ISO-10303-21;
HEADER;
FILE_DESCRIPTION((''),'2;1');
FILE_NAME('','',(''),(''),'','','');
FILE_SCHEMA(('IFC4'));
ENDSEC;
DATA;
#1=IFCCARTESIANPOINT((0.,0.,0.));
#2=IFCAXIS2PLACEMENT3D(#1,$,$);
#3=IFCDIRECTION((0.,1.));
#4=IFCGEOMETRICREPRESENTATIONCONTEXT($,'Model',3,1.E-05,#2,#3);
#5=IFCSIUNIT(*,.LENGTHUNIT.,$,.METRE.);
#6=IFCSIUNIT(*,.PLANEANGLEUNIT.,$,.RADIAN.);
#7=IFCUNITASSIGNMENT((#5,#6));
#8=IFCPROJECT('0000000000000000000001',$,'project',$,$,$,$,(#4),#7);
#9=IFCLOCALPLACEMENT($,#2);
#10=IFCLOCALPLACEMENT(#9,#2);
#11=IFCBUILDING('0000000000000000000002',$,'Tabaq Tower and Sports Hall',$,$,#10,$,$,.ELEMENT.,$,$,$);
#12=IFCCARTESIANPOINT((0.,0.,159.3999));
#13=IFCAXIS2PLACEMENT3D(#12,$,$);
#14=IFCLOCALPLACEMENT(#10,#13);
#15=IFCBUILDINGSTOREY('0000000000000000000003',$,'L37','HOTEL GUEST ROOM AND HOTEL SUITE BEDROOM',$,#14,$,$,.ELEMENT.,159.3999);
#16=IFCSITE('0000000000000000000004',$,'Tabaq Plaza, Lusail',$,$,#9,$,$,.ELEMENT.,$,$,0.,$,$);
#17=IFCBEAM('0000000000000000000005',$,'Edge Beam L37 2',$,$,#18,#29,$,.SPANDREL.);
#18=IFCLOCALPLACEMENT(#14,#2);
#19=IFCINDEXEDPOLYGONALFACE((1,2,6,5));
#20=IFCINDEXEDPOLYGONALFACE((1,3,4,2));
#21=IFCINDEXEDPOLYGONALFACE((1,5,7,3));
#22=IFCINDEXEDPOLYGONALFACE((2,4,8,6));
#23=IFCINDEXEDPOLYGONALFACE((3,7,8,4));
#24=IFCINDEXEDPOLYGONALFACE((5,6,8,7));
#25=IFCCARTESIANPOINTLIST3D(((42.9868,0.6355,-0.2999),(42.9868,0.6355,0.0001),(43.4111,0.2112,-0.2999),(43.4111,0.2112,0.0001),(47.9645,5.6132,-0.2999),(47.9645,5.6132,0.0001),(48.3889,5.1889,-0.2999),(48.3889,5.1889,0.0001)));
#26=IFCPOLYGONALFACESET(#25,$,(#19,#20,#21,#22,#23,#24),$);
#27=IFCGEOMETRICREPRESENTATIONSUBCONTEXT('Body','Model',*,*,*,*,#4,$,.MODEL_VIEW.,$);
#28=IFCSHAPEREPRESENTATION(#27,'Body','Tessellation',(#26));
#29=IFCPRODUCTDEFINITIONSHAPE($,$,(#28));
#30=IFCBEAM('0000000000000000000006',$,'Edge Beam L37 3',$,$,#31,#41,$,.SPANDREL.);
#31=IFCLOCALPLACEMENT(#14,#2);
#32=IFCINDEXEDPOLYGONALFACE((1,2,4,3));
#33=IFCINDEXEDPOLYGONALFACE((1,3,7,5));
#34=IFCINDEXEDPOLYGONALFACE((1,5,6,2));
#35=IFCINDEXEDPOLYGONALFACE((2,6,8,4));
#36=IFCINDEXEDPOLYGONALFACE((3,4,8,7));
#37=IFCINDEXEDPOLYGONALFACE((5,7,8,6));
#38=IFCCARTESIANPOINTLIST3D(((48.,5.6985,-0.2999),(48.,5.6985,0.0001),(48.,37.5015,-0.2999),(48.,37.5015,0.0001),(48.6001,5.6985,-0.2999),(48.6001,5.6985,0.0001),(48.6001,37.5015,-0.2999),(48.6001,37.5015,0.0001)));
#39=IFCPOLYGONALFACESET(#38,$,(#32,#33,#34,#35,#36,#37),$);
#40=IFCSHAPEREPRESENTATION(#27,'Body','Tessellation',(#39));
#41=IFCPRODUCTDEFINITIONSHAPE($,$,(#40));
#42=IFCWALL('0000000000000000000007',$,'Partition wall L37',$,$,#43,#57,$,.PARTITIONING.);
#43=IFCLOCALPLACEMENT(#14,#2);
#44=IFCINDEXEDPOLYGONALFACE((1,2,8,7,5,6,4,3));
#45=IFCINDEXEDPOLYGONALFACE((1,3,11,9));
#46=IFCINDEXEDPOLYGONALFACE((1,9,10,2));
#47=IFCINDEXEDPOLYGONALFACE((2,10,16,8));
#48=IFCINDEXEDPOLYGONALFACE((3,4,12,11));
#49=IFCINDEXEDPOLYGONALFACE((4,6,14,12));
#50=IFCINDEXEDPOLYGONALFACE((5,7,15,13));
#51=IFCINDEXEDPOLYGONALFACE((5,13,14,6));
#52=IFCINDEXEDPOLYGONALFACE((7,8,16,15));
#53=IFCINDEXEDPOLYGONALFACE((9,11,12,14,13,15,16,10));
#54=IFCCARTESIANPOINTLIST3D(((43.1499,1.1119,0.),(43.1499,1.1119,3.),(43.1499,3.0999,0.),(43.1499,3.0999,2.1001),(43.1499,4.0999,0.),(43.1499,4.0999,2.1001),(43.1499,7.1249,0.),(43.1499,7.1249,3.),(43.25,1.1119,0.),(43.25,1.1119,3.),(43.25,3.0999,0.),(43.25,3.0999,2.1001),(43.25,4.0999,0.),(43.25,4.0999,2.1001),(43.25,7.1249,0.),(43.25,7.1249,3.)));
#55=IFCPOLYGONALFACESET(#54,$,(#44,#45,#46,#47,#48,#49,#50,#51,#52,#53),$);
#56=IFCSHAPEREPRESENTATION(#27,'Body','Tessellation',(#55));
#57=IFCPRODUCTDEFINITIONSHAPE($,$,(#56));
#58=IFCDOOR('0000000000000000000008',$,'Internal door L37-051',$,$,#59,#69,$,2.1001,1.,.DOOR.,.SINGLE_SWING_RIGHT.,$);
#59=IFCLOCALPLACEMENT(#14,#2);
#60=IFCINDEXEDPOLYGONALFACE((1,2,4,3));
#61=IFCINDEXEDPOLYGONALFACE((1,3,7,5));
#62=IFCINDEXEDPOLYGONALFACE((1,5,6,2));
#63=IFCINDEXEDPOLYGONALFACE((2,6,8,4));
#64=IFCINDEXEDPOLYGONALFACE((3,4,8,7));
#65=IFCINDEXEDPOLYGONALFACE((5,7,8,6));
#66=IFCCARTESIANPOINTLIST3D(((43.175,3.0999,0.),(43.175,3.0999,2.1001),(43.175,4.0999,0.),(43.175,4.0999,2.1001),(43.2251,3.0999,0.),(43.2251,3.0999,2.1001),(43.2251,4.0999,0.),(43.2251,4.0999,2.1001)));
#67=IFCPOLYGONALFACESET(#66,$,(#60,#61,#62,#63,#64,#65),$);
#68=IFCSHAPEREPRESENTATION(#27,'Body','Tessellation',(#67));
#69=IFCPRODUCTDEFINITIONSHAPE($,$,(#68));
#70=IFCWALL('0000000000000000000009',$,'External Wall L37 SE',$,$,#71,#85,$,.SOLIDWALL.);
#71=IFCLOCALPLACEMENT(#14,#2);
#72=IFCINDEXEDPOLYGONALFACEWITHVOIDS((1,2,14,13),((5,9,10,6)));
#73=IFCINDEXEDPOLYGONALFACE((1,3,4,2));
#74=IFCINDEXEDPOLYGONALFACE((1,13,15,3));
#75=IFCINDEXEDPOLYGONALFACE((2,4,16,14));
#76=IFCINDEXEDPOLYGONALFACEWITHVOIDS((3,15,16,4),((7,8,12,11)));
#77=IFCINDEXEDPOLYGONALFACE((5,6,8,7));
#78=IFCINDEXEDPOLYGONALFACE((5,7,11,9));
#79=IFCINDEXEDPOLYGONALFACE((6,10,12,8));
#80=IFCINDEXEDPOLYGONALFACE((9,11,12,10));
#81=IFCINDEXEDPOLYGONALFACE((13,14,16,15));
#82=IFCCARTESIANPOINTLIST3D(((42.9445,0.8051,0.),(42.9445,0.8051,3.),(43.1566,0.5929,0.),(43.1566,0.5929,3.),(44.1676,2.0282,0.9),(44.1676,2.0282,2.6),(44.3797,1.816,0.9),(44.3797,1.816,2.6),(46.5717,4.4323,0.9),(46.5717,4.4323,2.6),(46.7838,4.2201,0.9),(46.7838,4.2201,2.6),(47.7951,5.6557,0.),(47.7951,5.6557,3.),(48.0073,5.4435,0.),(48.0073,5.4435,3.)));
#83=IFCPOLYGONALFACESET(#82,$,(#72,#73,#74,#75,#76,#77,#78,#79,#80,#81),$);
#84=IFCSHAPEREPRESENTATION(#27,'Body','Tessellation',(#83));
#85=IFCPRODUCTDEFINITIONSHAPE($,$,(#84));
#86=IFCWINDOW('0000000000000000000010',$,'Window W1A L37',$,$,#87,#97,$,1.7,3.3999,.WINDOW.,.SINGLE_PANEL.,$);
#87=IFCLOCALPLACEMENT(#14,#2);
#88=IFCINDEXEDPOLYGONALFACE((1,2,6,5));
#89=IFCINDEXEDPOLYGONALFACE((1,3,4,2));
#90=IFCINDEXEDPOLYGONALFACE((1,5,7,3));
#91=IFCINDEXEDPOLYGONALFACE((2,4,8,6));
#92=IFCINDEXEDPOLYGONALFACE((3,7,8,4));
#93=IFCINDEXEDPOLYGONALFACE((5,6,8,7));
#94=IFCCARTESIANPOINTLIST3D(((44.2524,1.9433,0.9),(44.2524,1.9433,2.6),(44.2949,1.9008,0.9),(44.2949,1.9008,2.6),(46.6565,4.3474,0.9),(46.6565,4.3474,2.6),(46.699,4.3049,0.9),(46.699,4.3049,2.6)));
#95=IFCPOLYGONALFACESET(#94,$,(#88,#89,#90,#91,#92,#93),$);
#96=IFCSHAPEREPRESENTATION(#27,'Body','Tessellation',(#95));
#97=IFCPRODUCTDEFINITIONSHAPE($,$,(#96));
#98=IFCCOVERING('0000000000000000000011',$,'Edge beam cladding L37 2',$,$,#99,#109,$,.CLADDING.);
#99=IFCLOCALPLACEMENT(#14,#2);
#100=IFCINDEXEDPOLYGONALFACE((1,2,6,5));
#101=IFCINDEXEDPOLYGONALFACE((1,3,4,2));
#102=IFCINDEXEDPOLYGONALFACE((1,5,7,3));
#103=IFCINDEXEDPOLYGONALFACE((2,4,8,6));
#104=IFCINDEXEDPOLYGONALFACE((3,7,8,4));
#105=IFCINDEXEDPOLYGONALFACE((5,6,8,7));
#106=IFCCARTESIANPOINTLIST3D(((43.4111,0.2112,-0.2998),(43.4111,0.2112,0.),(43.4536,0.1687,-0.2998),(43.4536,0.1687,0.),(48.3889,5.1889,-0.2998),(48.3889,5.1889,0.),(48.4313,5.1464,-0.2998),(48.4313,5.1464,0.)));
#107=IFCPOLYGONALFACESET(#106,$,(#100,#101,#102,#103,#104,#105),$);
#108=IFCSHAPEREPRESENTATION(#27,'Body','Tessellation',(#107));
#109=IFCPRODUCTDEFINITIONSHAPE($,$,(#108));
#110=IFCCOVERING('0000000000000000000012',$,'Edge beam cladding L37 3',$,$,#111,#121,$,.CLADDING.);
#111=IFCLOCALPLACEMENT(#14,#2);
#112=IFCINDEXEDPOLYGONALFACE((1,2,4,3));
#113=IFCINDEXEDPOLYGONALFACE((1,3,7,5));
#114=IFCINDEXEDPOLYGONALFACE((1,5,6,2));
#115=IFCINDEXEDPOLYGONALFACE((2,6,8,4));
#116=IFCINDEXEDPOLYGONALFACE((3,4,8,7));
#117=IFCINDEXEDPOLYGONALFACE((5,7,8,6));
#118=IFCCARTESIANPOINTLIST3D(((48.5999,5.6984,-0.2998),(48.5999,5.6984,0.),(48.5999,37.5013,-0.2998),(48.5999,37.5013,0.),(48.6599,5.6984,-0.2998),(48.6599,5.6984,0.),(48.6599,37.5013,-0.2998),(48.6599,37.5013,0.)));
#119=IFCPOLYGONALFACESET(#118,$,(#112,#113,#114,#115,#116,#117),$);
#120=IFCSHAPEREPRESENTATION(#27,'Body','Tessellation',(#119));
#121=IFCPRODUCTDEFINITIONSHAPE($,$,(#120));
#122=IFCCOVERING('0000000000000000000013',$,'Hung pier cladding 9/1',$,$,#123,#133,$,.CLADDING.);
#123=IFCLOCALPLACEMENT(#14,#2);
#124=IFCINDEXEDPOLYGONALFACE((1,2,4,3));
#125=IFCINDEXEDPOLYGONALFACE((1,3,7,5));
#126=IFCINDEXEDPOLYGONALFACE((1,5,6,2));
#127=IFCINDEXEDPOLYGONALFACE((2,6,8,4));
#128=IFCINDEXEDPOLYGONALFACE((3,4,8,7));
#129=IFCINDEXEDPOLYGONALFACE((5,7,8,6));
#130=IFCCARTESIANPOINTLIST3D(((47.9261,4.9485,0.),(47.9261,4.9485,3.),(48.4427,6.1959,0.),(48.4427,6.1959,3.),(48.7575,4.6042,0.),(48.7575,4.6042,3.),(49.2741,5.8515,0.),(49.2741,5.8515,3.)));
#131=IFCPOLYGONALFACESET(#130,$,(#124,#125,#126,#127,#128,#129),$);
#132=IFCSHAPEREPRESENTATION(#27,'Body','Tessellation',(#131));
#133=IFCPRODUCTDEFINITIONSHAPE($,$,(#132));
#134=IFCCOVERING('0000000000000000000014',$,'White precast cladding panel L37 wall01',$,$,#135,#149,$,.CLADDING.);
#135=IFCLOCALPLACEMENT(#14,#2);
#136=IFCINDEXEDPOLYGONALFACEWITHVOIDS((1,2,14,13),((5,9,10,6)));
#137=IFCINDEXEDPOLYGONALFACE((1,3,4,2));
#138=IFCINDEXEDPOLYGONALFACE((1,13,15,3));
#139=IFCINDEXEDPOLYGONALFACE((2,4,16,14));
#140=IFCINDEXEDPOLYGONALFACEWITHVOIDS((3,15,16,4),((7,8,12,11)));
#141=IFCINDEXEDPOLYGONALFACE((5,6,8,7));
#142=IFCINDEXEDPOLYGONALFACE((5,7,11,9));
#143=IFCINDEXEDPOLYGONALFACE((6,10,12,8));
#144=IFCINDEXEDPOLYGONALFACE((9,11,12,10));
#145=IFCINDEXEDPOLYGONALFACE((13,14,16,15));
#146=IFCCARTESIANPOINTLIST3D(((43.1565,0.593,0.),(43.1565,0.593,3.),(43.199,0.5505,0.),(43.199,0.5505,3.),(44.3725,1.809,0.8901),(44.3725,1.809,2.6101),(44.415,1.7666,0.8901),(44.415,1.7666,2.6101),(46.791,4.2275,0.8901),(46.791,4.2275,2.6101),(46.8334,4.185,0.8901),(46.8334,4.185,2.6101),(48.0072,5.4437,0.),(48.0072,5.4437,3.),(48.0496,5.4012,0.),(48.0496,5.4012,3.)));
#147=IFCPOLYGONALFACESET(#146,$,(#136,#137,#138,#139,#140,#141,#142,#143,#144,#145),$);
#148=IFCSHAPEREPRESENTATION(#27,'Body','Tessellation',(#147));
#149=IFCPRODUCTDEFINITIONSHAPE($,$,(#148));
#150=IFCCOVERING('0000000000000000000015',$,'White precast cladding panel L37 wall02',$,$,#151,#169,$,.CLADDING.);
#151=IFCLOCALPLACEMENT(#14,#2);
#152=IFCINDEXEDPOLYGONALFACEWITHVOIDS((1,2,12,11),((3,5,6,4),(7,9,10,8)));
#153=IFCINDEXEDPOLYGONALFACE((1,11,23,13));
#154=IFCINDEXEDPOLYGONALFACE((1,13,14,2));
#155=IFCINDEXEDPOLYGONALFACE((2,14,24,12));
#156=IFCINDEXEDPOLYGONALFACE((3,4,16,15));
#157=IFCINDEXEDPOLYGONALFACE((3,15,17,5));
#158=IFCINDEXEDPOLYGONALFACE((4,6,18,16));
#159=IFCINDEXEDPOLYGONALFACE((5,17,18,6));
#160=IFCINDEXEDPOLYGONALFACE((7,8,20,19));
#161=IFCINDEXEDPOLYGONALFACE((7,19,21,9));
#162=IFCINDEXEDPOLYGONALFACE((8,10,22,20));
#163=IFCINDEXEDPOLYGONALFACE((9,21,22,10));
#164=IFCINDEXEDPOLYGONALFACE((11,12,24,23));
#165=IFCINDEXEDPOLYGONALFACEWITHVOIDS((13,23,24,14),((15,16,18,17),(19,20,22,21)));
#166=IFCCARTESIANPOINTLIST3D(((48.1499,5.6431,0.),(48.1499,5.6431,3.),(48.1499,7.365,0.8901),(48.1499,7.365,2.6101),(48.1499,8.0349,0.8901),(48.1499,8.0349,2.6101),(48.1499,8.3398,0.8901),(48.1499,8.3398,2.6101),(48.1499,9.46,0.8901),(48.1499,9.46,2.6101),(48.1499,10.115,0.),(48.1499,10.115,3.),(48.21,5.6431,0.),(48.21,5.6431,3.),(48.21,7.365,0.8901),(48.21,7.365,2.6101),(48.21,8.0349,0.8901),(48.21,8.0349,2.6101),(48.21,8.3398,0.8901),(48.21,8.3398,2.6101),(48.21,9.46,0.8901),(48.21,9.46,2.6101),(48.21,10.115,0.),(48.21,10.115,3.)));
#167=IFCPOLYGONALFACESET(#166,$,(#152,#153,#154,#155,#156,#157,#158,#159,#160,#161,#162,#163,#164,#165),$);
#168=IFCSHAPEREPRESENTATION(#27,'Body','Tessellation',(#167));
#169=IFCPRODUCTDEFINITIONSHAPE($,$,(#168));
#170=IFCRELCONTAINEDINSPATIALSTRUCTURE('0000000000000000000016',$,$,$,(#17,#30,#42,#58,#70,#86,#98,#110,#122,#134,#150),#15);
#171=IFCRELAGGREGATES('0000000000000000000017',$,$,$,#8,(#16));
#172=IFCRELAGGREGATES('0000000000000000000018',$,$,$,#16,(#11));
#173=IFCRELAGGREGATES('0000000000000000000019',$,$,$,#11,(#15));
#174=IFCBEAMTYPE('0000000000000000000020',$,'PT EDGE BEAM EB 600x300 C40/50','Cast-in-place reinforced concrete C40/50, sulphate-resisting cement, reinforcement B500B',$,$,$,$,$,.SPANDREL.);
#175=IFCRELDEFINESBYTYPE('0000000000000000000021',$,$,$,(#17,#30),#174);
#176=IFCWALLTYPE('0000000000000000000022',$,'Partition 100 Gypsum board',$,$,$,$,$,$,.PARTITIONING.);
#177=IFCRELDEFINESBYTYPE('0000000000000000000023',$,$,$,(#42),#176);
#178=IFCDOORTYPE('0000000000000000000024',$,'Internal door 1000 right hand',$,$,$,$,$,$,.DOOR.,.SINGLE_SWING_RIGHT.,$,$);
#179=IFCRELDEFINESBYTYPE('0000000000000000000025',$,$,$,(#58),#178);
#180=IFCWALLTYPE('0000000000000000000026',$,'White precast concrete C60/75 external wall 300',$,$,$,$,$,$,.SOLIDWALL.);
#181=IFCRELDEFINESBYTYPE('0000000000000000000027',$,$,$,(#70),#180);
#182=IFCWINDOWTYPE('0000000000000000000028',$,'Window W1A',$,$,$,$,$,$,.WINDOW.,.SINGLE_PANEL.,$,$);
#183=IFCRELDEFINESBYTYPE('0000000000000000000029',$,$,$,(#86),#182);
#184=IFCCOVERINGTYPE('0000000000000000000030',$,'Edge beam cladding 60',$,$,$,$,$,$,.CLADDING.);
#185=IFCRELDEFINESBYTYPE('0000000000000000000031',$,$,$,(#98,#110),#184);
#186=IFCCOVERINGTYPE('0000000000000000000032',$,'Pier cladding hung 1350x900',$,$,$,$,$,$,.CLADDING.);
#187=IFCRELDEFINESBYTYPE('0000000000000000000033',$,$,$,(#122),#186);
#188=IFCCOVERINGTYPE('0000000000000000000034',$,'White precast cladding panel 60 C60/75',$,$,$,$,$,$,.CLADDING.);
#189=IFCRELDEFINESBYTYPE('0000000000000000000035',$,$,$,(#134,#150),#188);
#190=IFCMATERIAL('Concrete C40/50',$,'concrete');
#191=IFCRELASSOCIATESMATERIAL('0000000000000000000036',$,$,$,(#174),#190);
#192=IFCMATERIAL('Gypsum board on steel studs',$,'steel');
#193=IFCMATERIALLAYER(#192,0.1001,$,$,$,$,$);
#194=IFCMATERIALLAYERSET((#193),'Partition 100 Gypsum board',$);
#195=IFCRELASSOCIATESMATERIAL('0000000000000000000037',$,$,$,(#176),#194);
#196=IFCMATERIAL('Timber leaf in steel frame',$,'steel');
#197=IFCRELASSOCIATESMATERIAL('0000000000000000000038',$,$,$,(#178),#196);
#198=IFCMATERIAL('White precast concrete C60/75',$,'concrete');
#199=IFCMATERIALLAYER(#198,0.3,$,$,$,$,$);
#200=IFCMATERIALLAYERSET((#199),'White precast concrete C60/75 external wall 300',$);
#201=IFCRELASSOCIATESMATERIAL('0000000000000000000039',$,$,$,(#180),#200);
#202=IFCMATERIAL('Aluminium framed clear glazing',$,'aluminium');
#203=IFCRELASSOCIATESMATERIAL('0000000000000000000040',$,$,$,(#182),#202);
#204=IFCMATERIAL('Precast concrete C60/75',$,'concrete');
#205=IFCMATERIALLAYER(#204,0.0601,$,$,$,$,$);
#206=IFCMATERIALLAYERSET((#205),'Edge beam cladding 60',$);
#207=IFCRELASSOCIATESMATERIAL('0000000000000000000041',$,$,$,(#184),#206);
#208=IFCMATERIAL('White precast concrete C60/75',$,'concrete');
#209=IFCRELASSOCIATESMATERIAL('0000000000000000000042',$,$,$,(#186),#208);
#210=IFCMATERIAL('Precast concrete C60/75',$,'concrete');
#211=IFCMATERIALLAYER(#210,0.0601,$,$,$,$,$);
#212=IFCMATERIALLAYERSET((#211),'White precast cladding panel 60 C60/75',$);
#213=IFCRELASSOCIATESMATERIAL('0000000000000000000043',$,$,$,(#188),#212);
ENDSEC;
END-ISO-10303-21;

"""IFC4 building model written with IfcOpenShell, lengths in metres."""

from ifc_helpers import new_model, si_unit, direction, frame, frame_2d, origin, origin_2d, place, context, subcontext, project, spatial, polyline, rectangle, outline, extrude, material, layer, layer_set, material_profile, profile_set, type_object, element, fill, save


model = new_model("IFC4")

# Units and contexts
model_context = context("Model", 3, precision=1e-05, world=origin(), true_north=direction((0.0, 1.0)))
body_context = subcontext(model_context, "Body", "Model", "MODEL_VIEW")
ifc_project = project(units=[si_unit("LENGTHUNIT", "METRE"), si_unit("PLANEANGLEUNIT", "RADIAN")], contexts=[model_context])

# Site, building, storey
site_placement = place(None, origin())
site = spatial("IfcSite", under=ifc_project, at=site_placement, Name="Tabaq Plaza, Lusail", CompositionType="ELEMENT", RefElevation=0.0)
building_placement = place(site_placement, origin())
building = spatial("IfcBuilding", under=site, at=building_placement, Name="Tabaq Tower and Sports Hall", CompositionType="ELEMENT")
storey_placement = place(building_placement, frame((0.0, 0.0, 159.3999)))
storey = spatial("IfcBuildingStorey", under=building, at=storey_placement, Name="L37", Description="HOTEL GUEST ROOM AND HOTEL SUITE BEDROOM", CompositionType="ELEMENT", Elevation=159.3999)

# Beams
ifc_material_1 = material(Name="Concrete C40/50", Category="concrete")
ifc_material_profile = material_profile(ifc_material_1, rectangle(XDim=0.6001, YDim=0.3, at=origin_2d()), Name="EB 600x300")
ifc_profile_set = profile_set([ifc_material_profile], Name="Concrete C40/50")
beam_type = type_object("IfcBeamType", Name="PT EDGE BEAM EB 600x300 C40/50", Description="Cast-in-place reinforced concrete C40/50, sulphate-resisting cement, reinforcement B500B", PredefinedType="SPANDREL", material=ifc_profile_set)
beam_1_placement = place(storey_placement, frame((43.199, 0.4233, -0.1499), z_axis=(0.707107, 0.707107, 0.0), x_axis=(-0.707107, 0.707107, 0.0)))
element("IfcBeam", 1, at=beam_1_placement, inside=storey, type_object=beam_type, Name="Edge Beam L37 2", PredefinedType="SPANDREL", context=body_context, shape_type="SweptSolid", body=[
    extrude(rectangle(XDim=0.6001, YDim=0.3, at=origin_2d()), origin(), (0.0, 0.0, 1.0), 7.0396),
])
beam_2_placement = place(storey_placement, frame((48.3, 5.6985, -0.1499), z_axis=(0.0, 1.0, 0.0), x_axis=(-1.0, 0.0, 0.0)))
element("IfcBeam", 2, at=beam_2_placement, inside=storey, type_object=beam_type, Name="Edge Beam L37 3", PredefinedType="SPANDREL", context=body_context, shape_type="SweptSolid", body=[
    extrude(rectangle(XDim=0.6001, YDim=0.3, at=origin_2d()), origin(), (0.0, 0.0, 1.0), 31.803),
])

# Wall, opening, door
ifc_material_2 = material(Name="Gypsum board on steel studs", Category="steel")
ifc_layer_1 = layer(ifc_material_2, 0.1001)
ifc_layer_set_1 = layer_set([ifc_layer_1], Name="Partition 100 Gypsum board")
wall_type_1 = type_object("IfcWallType", Name="Partition 100 Gypsum board", PredefinedType="PARTITIONING", material=ifc_layer_set_1)
wall_1_placement = place(storey_placement, frame((43.2, 1.1121, 0.0), z_axis=(0.0, 0.0, 1.0), x_axis=(0.0, 1.0, 0.0)))
wall_1 = element("IfcWall", 3, at=wall_1_placement, inside=storey, type_object=wall_type_1, Name="Partition wall L37", PredefinedType="PARTITIONING", context=body_context, shape_type="SweptSolid", body=[
    extrude(rectangle(XDim=6.0129, YDim=0.1001, at=frame_2d((3.0063, 0.0))), origin(), (0.0, 0.0, 1.0), 3.0),
])
opening_1_placement = place(wall_1_placement, frame((1.9878, 0.0, 0.0)))
opening_1 = element("IfcOpeningElement", 4, at=opening_1_placement, cuts=wall_1, PredefinedType="OPENING", context=body_context, shape_type="SweptSolid", body=[
    extrude(rectangle(XDim=1.0, YDim=2.1001, at=frame_2d((0.5, 1.05))), frame((0.0, 0.05, 0.0), z_axis=(0.0, -1.0, 0.0), x_axis=(1.0, 0.0, 0.0)), (0.0, 0.0, 1.0), 0.1001),
])
ifc_material_3 = material(Name="Timber leaf in steel frame", Category="steel")
door_type = type_object("IfcDoorType", Name="Internal door 1000 right hand", OperationType="SINGLE_SWING_RIGHT", PredefinedType="DOOR", material=ifc_material_3)
door_placement = place(opening_1_placement, origin())
door = element("IfcDoor", 5, at=door_placement, inside=storey, type_object=door_type, Name="Internal door L37-051", OperationType="SINGLE_SWING_RIGHT", OverallHeight=2.1001, OverallWidth=1.0, PredefinedType="DOOR", context=body_context, shape_type="SweptSolid", body=[
    extrude(rectangle(XDim=1.0, YDim=2.1001, at=frame_2d((0.5, 1.05))), frame((0.0, 0.0249, 0.0), z_axis=(0.0, -1.0, 0.0), x_axis=(1.0, 0.0, 0.0)), (0.0, 0.0, 1.0), 0.05),
])
fill(opening_1, door)

# Wall, opening, window
ifc_material_4 = material(Name="White precast concrete C60/75", Category="concrete")
ifc_layer_2 = layer(ifc_material_4, 0.3)
ifc_layer_set_2 = layer_set([ifc_layer_2], Name="White precast concrete C60/75 external wall 300")
wall_type_2 = type_object("IfcWallType", Name="White precast concrete C60/75 external wall 300", PredefinedType="SOLIDWALL", material=ifc_layer_set_2)
wall_2_placement = place(storey_placement, frame((43.0505, 0.699, 0.0), z_axis=(0.0, 0.0, 1.0), x_axis=(0.707107, 0.707107, 0.0)))
wall_2 = element("IfcWall", 6, at=wall_2_placement, inside=storey, type_object=wall_type_2, Name="External Wall L37 SE", PredefinedType="SOLIDWALL", context=body_context, shape_type="SweptSolid", body=[
    extrude(rectangle(XDim=6.8599, YDim=0.3, at=frame_2d((3.4299, 0.0))), origin(), (0.0, 0.0, 1.0), 3.0),
])
opening_2_placement = place(wall_2_placement, frame((1.7297, 0.0, 0.8999)))
opening_2 = element("IfcOpeningElement", 7, at=opening_2_placement, cuts=wall_2, PredefinedType="OPENING", context=body_context, shape_type="SweptSolid", body=[
    extrude(rectangle(XDim=3.3999, YDim=1.7, at=frame_2d((1.7, 0.8501))), frame((0.0, 0.1602, 0.0), z_axis=(0.0, -1.0, 0.0), x_axis=(1.0, 0.0, 0.0)), (0.0, 0.0, 1.0), 0.3201),
])
ifc_material_5 = material(Name="Aluminium framed clear glazing", Category="aluminium")
window_type_1 = type_object("IfcWindowType", Name="Window W1A", PartitioningType="SINGLE_PANEL", PredefinedType="WINDOW", material=ifc_material_5)
window_1_placement = place(opening_2_placement, origin())
window_1 = element("IfcWindow", 8, at=window_1_placement, inside=storey, type_object=window_type_1, Name="Window W1A L37", OverallHeight=1.7, OverallWidth=3.3999, PartitioningType="SINGLE_PANEL", PredefinedType="WINDOW", context=body_context, shape_type="SweptSolid", body=[
    extrude(rectangle(XDim=3.3999, YDim=1.7, at=frame_2d((1.7, 0.8501))), frame((0.0, 0.03, 0.0), z_axis=(0.0, -1.0, 0.0), x_axis=(1.0, 0.0, 0.0)), (0.0, 0.0, 1.0), 0.0601),
])
fill(opening_2, window_1)

# Coverings
ifc_material_6 = material(Name="Precast concrete C60/75", Category="concrete")
ifc_layer_3 = layer(ifc_material_6, 0.0601)
ifc_layer_set_3 = layer_set([ifc_layer_3], Name="Edge beam cladding 60")
covering_type_1 = type_object("IfcCoveringType", Name="Edge beam cladding 60", PredefinedType="CLADDING", material=ifc_layer_set_3)
covering_1_placement = place(storey_placement, frame((43.4324, 0.1899, -0.2998), z_axis=(0.0, 0.0, 1.0), x_axis=(0.707107, 0.707107, 0.0)))
element("IfcCovering", 9, at=covering_1_placement, inside=storey, type_object=covering_type_1, Name="Edge beam cladding L37 2", PredefinedType="CLADDING", context=body_context, shape_type="SweptSolid", body=[
    extrude(rectangle(XDim=7.0396, YDim=0.0601, at=frame_2d((3.5198, 0.0))), origin(), (0.0, 0.0, 1.0), 0.2998),
])
covering_2_placement = place(storey_placement, frame((48.6299, 5.6985, -0.2998), z_axis=(0.0, 0.0, 1.0), x_axis=(0.0, 1.0, 0.0)))
element("IfcCovering", 10, at=covering_2_placement, inside=storey, type_object=covering_type_1, Name="Edge beam cladding L37 3", PredefinedType="CLADDING", context=body_context, shape_type="SweptSolid", body=[
    extrude(rectangle(XDim=31.803, YDim=0.0601, at=frame_2d((15.9014, 0.0))), origin(), (0.0, 0.0, 1.0), 0.2998),
])
ifc_material_7 = material(Name="White precast concrete C60/75", Category="concrete")
covering_type_2 = type_object("IfcCoveringType", Name="Pier cladding hung 1350x900", PredefinedType="CLADDING", material=ifc_material_7)
covering_3_placement = place(storey_placement, frame((48.3418, 4.7764, 0.0), z_axis=(0.0, 0.0, 1.0), x_axis=(0.38265, 0.923893, 0.0)))
element("IfcCovering", 11, at=covering_3_placement, inside=storey, type_object=covering_type_2, Name="Hung pier cladding 9/1", PredefinedType="CLADDING", context=body_context, shape_type="SweptSolid", body=[
    extrude(rectangle(XDim=1.3501, YDim=0.8999, at=frame_2d((0.675, 0.0))), origin(), (0.0, 0.0, 1.0), 3.0),
])
ifc_material_8 = material(Name="Precast concrete C60/75", Category="concrete")
ifc_layer_4 = layer(ifc_material_8, 0.0601)
ifc_layer_set_4 = layer_set([ifc_layer_4], Name="White precast cladding panel 60 C60/75")
covering_type_3 = type_object("IfcCoveringType", Name="White precast cladding panel 60 C60/75", PredefinedType="CLADDING", material=ifc_layer_set_4)
covering_4_placement = place(storey_placement, frame((43.1777, 0.5718, 0.0), z_axis=(0.0, 0.0, 1.0), x_axis=(0.707107, 0.707107, 0.0)))
element("IfcCovering", 12, at=covering_4_placement, inside=storey, type_object=covering_type_3, Name="White precast cladding panel L37 wall01", PredefinedType="CLADDING", context=body_context, shape_type="SweptSolid", body=[
    extrude(outline(polyline([(0.0, 0.0), (6.8599, 0.0), (6.8599, 3.0), (0.0, 3.0), (0.0, 0.0)]), holes=[polyline([(1.7197, 0.8901), (1.7197, 2.6101), (5.1399, 2.6101), (5.1399, 0.8901), (1.7197, 0.8901)])]), frame((0.0, 0.03, 0.0), z_axis=(0.0, -1.0, 0.0), x_axis=(1.0, 0.0, 0.0)), (0.0, 0.0, 1.0), 0.0601),
])
covering_5_placement = place(storey_placement, frame((48.1799, 5.6431, 0.0), z_axis=(0.0, 0.0, 1.0), x_axis=(0.0, 1.0, 0.0)))
element("IfcCovering", 13, at=covering_5_placement, inside=storey, type_object=covering_type_3, Name="White precast cladding panel L37 wall02", PredefinedType="CLADDING", context=body_context, shape_type="SweptSolid", body=[
    extrude(outline(polyline([(0.0, 0.0), (4.4719, 0.0), (4.4719, 3.0), (0.0, 3.0), (0.0, 0.0)]), holes=[polyline([(1.7219, 2.6101), (2.3918, 2.6101), (2.3918, 0.8901), (1.7219, 0.8901), (1.7219, 2.6101)]), polyline([(2.6968, 2.6101), (3.8169, 2.6101), (3.8169, 0.8901), (2.6968, 0.8901), (2.6968, 2.6101)])]), frame((0.0, 0.03, 0.0), z_axis=(0.0, -1.0, 0.0), x_axis=(1.0, 0.0, 0.0)), (0.0, 0.0, 1.0), 0.0601),
])

save(model, "model.ifc")
